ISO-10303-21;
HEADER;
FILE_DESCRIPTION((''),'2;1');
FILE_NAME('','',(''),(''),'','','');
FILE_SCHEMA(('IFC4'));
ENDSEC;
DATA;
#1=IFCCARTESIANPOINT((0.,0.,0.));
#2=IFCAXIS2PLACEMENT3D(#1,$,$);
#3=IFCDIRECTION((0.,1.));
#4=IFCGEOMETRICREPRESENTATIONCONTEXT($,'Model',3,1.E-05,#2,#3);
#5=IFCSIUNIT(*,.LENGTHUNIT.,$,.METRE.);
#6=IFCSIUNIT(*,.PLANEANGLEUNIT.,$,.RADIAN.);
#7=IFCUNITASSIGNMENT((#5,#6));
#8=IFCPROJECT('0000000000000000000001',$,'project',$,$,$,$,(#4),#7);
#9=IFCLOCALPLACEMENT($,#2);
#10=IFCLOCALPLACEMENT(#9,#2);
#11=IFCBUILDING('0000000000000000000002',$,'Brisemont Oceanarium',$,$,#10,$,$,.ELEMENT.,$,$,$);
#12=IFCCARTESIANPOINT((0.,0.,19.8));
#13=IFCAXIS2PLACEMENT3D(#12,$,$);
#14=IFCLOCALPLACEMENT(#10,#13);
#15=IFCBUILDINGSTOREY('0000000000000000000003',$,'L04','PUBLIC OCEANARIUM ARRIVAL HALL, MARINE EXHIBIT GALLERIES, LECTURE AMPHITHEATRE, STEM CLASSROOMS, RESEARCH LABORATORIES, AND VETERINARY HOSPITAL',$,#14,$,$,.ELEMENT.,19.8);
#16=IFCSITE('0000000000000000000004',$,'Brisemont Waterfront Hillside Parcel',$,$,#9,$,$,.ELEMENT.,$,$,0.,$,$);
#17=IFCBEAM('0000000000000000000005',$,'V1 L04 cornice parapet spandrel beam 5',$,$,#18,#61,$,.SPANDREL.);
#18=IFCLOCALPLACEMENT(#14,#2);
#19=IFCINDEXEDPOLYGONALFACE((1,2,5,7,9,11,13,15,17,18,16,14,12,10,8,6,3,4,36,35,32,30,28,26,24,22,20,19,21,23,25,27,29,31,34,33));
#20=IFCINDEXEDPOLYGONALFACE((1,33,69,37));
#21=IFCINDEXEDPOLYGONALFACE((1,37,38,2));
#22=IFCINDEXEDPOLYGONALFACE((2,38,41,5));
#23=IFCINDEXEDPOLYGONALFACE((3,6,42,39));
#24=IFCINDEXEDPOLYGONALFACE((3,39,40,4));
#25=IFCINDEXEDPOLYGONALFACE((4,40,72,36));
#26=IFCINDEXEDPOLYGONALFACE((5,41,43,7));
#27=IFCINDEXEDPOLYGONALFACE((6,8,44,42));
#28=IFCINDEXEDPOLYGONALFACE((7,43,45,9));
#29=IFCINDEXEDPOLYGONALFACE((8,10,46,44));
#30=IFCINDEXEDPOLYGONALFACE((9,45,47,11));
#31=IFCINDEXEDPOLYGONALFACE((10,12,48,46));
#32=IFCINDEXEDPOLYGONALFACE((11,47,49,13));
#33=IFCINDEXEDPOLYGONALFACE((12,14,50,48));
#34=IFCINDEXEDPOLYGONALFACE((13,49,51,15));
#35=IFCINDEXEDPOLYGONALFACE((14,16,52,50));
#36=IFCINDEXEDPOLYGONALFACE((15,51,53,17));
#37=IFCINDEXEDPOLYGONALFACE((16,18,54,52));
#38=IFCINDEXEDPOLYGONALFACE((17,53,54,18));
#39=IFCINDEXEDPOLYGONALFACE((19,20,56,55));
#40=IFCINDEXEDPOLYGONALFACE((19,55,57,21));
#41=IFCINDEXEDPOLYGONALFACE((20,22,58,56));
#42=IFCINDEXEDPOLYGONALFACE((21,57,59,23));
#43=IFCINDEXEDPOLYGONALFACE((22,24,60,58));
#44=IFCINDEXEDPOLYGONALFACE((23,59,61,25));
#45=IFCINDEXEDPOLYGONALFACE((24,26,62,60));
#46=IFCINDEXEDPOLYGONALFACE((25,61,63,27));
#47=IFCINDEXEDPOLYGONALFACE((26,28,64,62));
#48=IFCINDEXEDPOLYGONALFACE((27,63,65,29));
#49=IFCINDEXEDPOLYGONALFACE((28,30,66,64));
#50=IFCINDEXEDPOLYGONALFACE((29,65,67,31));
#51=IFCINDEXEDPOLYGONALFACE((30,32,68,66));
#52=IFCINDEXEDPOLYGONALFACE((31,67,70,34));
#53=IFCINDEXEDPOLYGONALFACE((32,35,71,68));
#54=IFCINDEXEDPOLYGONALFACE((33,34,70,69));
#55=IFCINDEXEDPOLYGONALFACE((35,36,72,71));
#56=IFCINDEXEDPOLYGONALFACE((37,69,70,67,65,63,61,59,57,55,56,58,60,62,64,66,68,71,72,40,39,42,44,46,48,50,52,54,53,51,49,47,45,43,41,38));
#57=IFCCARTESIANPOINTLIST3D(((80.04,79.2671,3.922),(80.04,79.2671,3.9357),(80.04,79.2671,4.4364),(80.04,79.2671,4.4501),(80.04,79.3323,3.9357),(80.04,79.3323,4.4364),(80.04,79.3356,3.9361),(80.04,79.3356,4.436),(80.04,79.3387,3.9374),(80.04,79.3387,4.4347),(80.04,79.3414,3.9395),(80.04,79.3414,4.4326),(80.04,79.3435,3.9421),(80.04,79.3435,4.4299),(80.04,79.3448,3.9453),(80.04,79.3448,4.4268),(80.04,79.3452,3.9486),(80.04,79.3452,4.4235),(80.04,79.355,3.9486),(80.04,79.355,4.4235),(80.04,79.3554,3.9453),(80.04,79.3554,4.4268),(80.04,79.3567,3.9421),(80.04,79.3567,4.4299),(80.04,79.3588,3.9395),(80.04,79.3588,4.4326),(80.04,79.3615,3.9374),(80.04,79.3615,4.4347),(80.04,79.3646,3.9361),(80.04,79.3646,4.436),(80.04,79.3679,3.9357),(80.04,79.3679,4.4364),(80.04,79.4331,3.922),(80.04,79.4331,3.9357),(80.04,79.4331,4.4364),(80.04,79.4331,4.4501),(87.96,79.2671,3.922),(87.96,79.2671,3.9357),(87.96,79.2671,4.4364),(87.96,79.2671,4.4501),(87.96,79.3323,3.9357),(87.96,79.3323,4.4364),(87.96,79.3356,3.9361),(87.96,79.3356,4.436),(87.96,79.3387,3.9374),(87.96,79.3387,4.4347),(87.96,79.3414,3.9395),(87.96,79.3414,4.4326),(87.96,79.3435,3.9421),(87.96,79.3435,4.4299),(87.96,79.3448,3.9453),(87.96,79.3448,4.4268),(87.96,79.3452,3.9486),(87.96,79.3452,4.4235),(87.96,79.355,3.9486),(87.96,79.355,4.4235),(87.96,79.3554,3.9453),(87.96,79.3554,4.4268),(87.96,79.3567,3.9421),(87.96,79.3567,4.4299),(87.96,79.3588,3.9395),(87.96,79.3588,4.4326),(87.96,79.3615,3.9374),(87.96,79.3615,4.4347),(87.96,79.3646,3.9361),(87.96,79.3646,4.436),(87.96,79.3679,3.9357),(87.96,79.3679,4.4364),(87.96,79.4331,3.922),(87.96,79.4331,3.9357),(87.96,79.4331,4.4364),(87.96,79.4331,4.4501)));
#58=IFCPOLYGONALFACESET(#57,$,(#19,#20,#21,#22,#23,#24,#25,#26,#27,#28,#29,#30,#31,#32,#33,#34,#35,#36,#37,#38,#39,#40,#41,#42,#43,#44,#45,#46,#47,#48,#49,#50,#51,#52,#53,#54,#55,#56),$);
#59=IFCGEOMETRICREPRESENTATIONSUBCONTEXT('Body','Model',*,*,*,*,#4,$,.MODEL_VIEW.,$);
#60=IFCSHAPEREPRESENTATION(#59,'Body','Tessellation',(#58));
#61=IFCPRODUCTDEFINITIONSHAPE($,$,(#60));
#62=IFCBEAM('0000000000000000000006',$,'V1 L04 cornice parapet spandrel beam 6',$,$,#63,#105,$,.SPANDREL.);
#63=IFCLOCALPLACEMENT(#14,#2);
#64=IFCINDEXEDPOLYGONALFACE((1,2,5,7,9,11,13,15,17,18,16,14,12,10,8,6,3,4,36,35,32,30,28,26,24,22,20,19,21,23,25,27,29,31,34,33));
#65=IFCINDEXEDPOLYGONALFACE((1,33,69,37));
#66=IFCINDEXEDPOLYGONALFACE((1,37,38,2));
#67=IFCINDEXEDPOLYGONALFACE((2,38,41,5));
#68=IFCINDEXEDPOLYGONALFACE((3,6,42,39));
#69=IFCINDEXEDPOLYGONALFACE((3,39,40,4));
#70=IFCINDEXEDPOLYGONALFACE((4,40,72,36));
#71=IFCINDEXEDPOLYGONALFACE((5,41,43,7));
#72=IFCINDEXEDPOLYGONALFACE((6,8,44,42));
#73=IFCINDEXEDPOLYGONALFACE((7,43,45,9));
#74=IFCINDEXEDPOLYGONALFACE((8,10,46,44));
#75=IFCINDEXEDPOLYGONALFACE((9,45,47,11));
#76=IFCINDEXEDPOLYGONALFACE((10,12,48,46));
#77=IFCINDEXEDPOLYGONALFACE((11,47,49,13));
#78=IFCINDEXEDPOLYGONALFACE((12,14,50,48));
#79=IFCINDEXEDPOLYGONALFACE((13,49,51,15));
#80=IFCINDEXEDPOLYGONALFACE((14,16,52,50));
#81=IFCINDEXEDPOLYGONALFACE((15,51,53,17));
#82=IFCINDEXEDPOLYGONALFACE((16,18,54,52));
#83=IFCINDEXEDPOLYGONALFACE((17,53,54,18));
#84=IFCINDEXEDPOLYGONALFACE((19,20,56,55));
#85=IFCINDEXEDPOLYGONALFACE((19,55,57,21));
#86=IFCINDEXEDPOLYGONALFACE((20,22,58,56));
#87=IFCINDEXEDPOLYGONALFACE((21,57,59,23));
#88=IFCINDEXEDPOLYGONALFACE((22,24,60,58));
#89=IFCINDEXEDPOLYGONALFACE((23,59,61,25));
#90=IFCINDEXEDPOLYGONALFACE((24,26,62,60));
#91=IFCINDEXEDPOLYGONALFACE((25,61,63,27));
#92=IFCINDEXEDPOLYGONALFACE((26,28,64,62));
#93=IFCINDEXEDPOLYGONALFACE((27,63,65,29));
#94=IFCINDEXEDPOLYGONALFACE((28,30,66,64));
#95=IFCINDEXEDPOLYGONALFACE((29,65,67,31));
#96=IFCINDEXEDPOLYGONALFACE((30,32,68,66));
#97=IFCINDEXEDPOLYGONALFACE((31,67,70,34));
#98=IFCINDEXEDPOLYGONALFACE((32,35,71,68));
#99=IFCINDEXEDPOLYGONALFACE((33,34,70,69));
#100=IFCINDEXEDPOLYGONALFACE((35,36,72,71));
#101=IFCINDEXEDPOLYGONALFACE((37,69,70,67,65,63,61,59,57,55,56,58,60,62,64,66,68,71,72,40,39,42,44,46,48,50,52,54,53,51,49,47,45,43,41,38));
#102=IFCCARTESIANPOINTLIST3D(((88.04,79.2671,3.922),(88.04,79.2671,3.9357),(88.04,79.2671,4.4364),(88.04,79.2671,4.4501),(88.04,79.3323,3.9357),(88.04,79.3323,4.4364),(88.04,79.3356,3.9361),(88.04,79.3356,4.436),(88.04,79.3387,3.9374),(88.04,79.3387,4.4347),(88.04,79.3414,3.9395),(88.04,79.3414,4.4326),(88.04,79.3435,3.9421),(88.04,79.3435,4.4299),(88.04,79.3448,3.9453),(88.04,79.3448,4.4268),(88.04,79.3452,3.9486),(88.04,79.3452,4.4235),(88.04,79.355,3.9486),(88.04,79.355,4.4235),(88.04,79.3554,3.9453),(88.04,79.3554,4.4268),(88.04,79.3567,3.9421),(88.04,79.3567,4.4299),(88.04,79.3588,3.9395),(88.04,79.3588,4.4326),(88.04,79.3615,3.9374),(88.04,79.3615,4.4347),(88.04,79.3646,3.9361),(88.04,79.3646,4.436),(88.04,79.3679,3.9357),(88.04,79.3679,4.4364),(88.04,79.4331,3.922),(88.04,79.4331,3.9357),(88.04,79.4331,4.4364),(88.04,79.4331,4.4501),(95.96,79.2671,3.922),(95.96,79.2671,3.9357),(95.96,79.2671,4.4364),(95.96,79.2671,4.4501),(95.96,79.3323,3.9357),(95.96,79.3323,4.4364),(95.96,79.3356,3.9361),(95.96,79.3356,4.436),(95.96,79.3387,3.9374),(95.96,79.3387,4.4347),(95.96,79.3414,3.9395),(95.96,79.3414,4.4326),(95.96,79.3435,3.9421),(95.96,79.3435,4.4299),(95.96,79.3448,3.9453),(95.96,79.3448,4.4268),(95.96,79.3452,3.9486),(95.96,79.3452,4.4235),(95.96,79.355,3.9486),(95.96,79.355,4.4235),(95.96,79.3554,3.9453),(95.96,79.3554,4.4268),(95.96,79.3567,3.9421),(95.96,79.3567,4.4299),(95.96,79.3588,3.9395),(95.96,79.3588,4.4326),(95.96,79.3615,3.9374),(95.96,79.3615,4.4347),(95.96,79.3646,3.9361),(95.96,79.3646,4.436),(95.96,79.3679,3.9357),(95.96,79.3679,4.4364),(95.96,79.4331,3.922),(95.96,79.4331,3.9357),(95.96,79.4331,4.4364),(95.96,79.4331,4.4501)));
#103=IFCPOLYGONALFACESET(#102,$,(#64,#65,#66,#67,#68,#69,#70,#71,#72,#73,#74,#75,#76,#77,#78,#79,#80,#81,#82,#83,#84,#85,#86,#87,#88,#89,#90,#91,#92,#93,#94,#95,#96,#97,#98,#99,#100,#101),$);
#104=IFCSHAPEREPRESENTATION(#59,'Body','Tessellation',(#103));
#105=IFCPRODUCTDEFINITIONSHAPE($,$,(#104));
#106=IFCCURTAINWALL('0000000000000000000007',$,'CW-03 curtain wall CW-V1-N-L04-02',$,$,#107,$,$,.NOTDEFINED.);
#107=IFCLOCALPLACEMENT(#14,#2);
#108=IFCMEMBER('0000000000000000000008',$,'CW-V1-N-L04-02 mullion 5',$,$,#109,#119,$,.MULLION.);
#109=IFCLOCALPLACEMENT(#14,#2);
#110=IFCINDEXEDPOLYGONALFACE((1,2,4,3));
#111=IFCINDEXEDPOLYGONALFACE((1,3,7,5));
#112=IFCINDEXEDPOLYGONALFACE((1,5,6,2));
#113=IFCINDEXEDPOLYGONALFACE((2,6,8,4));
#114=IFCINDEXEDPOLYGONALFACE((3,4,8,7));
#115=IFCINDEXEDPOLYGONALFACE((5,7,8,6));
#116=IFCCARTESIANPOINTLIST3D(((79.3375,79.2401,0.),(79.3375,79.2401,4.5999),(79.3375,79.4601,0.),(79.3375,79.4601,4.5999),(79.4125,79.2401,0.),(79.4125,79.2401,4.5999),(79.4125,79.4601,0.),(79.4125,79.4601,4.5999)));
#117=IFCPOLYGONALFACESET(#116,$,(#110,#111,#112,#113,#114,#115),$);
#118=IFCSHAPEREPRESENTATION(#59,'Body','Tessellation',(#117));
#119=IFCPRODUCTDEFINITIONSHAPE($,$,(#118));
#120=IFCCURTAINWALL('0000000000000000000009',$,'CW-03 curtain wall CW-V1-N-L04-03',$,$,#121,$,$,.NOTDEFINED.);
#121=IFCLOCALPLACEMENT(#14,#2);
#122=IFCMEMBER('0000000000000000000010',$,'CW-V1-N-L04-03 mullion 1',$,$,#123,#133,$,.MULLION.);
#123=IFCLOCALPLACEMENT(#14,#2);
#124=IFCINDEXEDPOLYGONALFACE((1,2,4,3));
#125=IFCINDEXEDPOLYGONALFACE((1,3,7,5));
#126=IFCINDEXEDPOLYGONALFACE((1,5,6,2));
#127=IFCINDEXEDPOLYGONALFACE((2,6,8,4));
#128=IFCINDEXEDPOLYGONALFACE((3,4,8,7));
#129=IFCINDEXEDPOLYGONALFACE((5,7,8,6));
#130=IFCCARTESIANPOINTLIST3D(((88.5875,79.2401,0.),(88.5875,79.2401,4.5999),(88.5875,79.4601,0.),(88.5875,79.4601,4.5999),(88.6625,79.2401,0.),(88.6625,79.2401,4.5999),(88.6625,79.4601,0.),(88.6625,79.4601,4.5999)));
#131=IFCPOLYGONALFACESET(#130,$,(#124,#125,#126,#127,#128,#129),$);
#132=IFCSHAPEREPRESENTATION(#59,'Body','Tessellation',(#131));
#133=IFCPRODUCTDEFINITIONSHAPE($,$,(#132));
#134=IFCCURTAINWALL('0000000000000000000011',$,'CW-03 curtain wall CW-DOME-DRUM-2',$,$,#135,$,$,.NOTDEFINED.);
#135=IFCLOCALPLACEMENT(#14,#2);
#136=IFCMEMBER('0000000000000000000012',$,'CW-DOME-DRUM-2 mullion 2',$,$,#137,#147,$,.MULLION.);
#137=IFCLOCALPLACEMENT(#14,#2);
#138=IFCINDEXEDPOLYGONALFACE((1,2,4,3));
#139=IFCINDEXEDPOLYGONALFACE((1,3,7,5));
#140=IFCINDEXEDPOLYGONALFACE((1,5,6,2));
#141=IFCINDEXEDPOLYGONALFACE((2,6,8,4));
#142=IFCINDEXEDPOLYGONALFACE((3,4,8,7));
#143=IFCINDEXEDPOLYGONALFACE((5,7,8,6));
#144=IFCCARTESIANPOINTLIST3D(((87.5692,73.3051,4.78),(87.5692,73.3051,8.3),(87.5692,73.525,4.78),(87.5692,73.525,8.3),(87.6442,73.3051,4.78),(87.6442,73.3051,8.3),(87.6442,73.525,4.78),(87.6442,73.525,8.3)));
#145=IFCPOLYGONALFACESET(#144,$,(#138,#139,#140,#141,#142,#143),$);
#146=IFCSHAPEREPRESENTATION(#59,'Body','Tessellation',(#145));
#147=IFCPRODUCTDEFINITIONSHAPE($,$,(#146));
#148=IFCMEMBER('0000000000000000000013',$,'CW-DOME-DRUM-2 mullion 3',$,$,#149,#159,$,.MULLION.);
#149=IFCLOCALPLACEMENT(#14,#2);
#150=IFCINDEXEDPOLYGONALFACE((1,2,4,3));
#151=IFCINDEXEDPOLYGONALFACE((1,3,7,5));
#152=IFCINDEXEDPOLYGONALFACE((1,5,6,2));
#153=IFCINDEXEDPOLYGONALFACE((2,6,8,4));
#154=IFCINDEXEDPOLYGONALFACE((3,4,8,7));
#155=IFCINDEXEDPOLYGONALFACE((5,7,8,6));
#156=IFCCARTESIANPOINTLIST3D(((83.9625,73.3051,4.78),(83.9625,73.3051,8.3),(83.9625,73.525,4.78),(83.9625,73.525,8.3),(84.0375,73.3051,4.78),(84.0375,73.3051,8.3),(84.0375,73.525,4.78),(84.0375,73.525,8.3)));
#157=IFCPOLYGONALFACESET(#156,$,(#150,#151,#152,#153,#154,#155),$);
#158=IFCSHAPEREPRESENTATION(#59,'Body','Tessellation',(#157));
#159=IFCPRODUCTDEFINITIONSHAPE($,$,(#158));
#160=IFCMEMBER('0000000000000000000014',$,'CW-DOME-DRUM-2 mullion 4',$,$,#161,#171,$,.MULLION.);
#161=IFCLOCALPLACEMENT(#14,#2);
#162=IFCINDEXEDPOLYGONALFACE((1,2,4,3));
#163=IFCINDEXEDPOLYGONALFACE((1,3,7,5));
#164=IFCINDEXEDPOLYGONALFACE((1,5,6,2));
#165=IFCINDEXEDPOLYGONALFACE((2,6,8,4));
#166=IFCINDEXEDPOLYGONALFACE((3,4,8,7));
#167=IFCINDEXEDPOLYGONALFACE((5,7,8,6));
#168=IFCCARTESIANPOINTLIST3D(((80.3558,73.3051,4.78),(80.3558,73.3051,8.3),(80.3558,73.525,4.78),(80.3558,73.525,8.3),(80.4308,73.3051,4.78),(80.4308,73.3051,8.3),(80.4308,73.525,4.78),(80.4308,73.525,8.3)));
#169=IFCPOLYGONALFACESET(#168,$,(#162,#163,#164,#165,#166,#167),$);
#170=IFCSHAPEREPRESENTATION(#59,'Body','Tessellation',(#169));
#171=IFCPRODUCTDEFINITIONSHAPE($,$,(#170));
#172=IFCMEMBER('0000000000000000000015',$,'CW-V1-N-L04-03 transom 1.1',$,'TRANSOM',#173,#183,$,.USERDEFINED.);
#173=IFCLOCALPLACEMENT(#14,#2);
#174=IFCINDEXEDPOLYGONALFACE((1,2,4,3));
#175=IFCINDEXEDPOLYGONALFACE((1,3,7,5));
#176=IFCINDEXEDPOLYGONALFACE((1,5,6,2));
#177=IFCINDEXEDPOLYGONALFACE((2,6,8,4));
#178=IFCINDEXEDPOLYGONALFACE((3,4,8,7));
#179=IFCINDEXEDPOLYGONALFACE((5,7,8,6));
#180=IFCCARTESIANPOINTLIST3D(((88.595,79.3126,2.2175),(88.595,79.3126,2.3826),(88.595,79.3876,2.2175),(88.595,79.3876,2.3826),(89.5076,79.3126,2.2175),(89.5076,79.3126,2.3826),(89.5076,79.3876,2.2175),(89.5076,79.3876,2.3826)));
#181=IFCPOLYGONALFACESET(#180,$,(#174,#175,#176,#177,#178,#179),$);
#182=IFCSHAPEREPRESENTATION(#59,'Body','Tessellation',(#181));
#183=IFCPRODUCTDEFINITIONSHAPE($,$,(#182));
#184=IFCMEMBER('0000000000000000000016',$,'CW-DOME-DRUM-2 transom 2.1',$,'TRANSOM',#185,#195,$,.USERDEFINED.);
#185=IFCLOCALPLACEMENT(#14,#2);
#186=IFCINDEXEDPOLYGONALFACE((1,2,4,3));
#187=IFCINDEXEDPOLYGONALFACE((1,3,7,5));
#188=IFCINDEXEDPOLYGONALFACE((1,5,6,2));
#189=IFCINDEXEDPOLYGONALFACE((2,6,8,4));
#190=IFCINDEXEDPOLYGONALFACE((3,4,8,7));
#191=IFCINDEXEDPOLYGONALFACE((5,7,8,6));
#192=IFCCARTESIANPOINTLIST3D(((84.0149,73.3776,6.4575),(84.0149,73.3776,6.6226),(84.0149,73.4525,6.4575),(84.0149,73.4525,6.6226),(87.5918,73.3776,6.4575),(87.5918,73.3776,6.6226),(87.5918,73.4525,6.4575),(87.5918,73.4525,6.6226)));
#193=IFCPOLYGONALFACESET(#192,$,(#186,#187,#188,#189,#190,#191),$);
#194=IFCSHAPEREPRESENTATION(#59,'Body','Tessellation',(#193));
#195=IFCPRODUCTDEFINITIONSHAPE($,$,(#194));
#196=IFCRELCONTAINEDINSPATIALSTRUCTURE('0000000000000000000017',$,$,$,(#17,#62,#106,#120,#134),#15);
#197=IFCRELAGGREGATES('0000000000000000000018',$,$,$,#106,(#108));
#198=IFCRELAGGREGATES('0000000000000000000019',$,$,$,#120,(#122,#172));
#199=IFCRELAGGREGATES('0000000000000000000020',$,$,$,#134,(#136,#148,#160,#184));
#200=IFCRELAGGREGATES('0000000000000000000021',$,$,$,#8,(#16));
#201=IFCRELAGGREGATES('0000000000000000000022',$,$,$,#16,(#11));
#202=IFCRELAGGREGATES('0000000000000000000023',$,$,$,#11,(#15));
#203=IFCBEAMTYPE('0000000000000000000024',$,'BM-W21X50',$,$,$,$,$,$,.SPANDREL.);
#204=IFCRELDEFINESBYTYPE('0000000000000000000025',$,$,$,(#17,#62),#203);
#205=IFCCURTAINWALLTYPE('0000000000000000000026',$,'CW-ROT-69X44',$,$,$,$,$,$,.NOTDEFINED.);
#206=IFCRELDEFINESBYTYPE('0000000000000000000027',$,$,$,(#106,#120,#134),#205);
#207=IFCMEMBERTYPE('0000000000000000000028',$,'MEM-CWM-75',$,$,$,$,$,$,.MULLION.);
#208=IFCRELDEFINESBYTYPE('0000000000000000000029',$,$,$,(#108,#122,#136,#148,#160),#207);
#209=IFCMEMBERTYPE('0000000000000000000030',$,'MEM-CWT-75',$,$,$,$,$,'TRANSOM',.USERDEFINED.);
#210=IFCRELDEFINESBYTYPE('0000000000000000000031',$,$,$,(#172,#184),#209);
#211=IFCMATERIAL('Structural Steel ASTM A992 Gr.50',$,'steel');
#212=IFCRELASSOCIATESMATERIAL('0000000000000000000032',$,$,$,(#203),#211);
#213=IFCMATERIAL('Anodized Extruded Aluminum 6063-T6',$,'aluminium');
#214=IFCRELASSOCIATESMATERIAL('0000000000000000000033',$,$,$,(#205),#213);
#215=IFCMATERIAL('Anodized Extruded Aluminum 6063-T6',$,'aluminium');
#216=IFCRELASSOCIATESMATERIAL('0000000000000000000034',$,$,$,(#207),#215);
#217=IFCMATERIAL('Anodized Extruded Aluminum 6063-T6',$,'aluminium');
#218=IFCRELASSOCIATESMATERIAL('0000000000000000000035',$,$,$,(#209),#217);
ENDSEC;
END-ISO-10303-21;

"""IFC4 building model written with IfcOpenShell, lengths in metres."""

from ifc_helpers import new_model, si_unit, direction, frame, origin, origin_2d, place, context, subcontext, project, spatial, rectangle, i_section, extrude, material, material_profile, profile_set, type_object, element, aggregate, save


model = new_model("IFC4")

# Units and contexts
model_context = context("Model", 3, precision=1e-05, world=origin(), true_north=direction((0.0, 1.0)))
body_context = subcontext(model_context, "Body", "Model", "MODEL_VIEW")
ifc_project = project(units=[si_unit("LENGTHUNIT", "METRE"), si_unit("PLANEANGLEUNIT", "RADIAN")], contexts=[model_context])

# Site, building, storey
site_placement = place(None, origin())
site = spatial("IfcSite", under=ifc_project, at=site_placement, Name="Brisemont Waterfront Hillside Parcel", CompositionType="ELEMENT", RefElevation=0.0)
building_placement = place(site_placement, origin())
building = spatial("IfcBuilding", under=site, at=building_placement, Name="Brisemont Oceanarium", CompositionType="ELEMENT")
storey_placement = place(building_placement, frame((0.0, 0.0, 19.8)))
storey = spatial("IfcBuildingStorey", under=building, at=storey_placement, Name="L04", Description="PUBLIC OCEANARIUM ARRIVAL HALL, MARINE EXHIBIT GALLERIES, LECTURE AMPHITHEATRE, STEM CLASSROOMS, RESEARCH LABORATORIES, AND VETERINARY HOSPITAL", CompositionType="ELEMENT", Elevation=19.8)

# Beams
ifc_material_1 = material(Name="Structural Steel ASTM A992 Gr.50", Category="steel")
ifc_material_profile_1 = material_profile(ifc_material_1, i_section(OverallWidth=0.166, OverallDepth=0.5281, WebThickness=0.0098, FlangeThickness=0.0137, FilletRadius=0.0129, at=origin_2d()), Name="W21X50")
ifc_profile_set_1 = profile_set([ifc_material_profile_1], Name="Structural Steel ASTM A992 Gr.50")
beam_type_1 = type_object("IfcBeamType", Name="BM-W21X50", PredefinedType="SPANDREL", material=ifc_profile_set_1)
for number, where, z_axis, x_axis, name in (
    (1, (80.04, 79.3501, 4.186), (1.0, 0.0, 0.0), (0.0, 1.0, 0.0), "V1 L04 cornice parapet spandrel beam 5"),
    (2, (88.04, 79.3501, 4.186), (1.0, 0.0, 0.0), (0.0, 1.0, 0.0), "V1 L04 cornice parapet spandrel beam 6"),
):
    element("IfcBeam", number, at=place(storey_placement, frame(where, z_axis=z_axis, x_axis=x_axis)), inside=storey, type_object=beam_type_1, Name=name, PredefinedType="SPANDREL", context=body_context, shape_type="SweptSolid", body=[
        extrude(i_section(OverallWidth=0.166, OverallDepth=0.5281, WebThickness=0.0098, FlangeThickness=0.0137, FilletRadius=0.0129, at=origin_2d()), origin(), (0.0, 0.0, 1.0), 7.9199),
    ])

# Curtain walls, members
ifc_material_2 = material(Name="Anodized Extruded Aluminum 6063-T6", Category="aluminium")
curtain_wall_type = type_object("IfcCurtainWallType", Name="CW-ROT-69X44", PredefinedType="NOTDEFINED", material=ifc_material_2)
curtain_wall_1_placement = place(storey_placement, origin())
curtain_wall_1 = element("IfcCurtainWall", 3, at=curtain_wall_1_placement, inside=storey, type_object=curtain_wall_type, Name="CW-03 curtain wall CW-V1-N-L04-02", PredefinedType="NOTDEFINED")
ifc_material_3 = material(Name="Anodized Extruded Aluminum 6063-T6", Category="aluminium")
ifc_material_profile_2 = material_profile(ifc_material_3, rectangle(XDim=0.075, YDim=0.22, at=origin_2d()), Name="CWM-75X220")
ifc_profile_set_2 = profile_set([ifc_material_profile_2], Name="Anodized Extruded Aluminum 6063-T6")
member_type_1 = type_object("IfcMemberType", Name="MEM-CWM-75", PredefinedType="MULLION", material=ifc_profile_set_2)
member_1_placement = place(storey_placement, frame((79.375, 79.3501, 0.0), z_axis=(0.0, 0.0, 1.0), x_axis=(1.0, 0.0, 0.0)))
member_1 = element("IfcMember", 4, at=member_1_placement, type_object=member_type_1, Name="CW-V1-N-L04-02 mullion 5", PredefinedType="MULLION", context=body_context, shape_type="SweptSolid", body=[
    extrude(rectangle(XDim=0.075, YDim=0.22, at=origin_2d()), origin(), (0.0, 0.0, 1.0), 4.5999),
])
curtain_wall_2_placement = place(storey_placement, origin())
curtain_wall_2 = element("IfcCurtainWall", 5, at=curtain_wall_2_placement, inside=storey, type_object=curtain_wall_type, Name="CW-03 curtain wall CW-V1-N-L04-03", PredefinedType="NOTDEFINED")
member_2_placement = place(storey_placement, frame((88.625, 79.3501, 0.0), z_axis=(0.0, 0.0, 1.0), x_axis=(1.0, 0.0, 0.0)))
member_2 = element("IfcMember", 6, at=member_2_placement, type_object=member_type_1, Name="CW-V1-N-L04-03 mullion 1", PredefinedType="MULLION", context=body_context, shape_type="SweptSolid", body=[
    extrude(rectangle(XDim=0.075, YDim=0.22, at=origin_2d()), origin(), (0.0, 0.0, 1.0), 4.5999),
])

# Curtain wall, members
curtain_wall_3_placement = place(storey_placement, origin())
curtain_wall_3 = element("IfcCurtainWall", 7, at=curtain_wall_3_placement, inside=storey, type_object=curtain_wall_type, Name="CW-03 curtain wall CW-DOME-DRUM-2", PredefinedType="NOTDEFINED")
member_3_placement = place(storey_placement, frame((87.6067, 73.415, 4.78), z_axis=(0.0, 0.0, 1.0), x_axis=(-1.0, 0.0, 0.0)))
member_3 = element("IfcMember", 8, at=member_3_placement, type_object=member_type_1, Name="CW-DOME-DRUM-2 mullion 2", PredefinedType="MULLION", context=body_context, shape_type="SweptSolid", body=[
    extrude(rectangle(XDim=0.075, YDim=0.22, at=origin_2d()), origin(), (0.0, 0.0, 1.0), 3.52),
])
member_4_placement = place(storey_placement, frame((84.0, 73.415, 4.78), z_axis=(0.0, 0.0, 1.0), x_axis=(-1.0, 0.0, 0.0)))
member_4 = element("IfcMember", 9, at=member_4_placement, type_object=member_type_1, Name="CW-DOME-DRUM-2 mullion 3", PredefinedType="MULLION", context=body_context, shape_type="SweptSolid", body=[
    extrude(rectangle(XDim=0.075, YDim=0.22, at=origin_2d()), origin(), (0.0, 0.0, 1.0), 3.52),
])
member_5_placement = place(storey_placement, frame((80.3933, 73.415, 4.78), z_axis=(0.0, 0.0, 1.0), x_axis=(-1.0, 0.0, 0.0)))
member_5 = element("IfcMember", 10, at=member_5_placement, type_object=member_type_1, Name="CW-DOME-DRUM-2 mullion 4", PredefinedType="MULLION", context=body_context, shape_type="SweptSolid", body=[
    extrude(rectangle(XDim=0.075, YDim=0.22, at=origin_2d()), origin(), (0.0, 0.0, 1.0), 3.52),
])

# Members
ifc_material_4 = material(Name="Anodized Extruded Aluminum 6063-T6", Category="aluminium")
ifc_material_profile_3 = material_profile(ifc_material_4, rectangle(XDim=0.075, YDim=0.165, at=origin_2d()), Name="CWT-75X165")
ifc_profile_set_3 = profile_set([ifc_material_profile_3], Name="Anodized Extruded Aluminum 6063-T6")
member_type_2 = type_object("IfcMemberType", Name="MEM-CWT-75", ElementType="TRANSOM", PredefinedType="USERDEFINED", material=ifc_profile_set_3)
member_6_placement = place(storey_placement, frame((88.595, 79.3501, 2.3), z_axis=(1.0, 0.0, 0.0), x_axis=(0.0, 1.0, 0.0)))
member_6 = element("IfcMember", 11, at=member_6_placement, type_object=member_type_2, Name="CW-V1-N-L04-03 transom 1.1", ObjectType="TRANSOM", PredefinedType="USERDEFINED", context=body_context, shape_type="SweptSolid", body=[
    extrude(rectangle(XDim=0.075, YDim=0.165, at=origin_2d()), origin(), (0.0, 0.0, 1.0), 0.9126),
])
member_7_placement = place(storey_placement, frame((87.5918, 73.415, 6.54), z_axis=(-1.0, 0.0, 0.0), x_axis=(0.0, -1.0, 0.0)))
member_7 = element("IfcMember", 12, at=member_7_placement, type_object=member_type_2, Name="CW-DOME-DRUM-2 transom 2.1", ObjectType="TRANSOM", PredefinedType="USERDEFINED", context=body_context, shape_type="SweptSolid", body=[
    extrude(rectangle(XDim=0.075, YDim=0.165, at=origin_2d()), origin(), (0.0, 0.0, 1.0), 3.5769),
])

aggregate(curtain_wall_1, [member_1])
aggregate(curtain_wall_2, [member_2, member_6])
aggregate(curtain_wall_3, [member_3, member_4, member_5, member_7])

save(model, "model.ifc")
